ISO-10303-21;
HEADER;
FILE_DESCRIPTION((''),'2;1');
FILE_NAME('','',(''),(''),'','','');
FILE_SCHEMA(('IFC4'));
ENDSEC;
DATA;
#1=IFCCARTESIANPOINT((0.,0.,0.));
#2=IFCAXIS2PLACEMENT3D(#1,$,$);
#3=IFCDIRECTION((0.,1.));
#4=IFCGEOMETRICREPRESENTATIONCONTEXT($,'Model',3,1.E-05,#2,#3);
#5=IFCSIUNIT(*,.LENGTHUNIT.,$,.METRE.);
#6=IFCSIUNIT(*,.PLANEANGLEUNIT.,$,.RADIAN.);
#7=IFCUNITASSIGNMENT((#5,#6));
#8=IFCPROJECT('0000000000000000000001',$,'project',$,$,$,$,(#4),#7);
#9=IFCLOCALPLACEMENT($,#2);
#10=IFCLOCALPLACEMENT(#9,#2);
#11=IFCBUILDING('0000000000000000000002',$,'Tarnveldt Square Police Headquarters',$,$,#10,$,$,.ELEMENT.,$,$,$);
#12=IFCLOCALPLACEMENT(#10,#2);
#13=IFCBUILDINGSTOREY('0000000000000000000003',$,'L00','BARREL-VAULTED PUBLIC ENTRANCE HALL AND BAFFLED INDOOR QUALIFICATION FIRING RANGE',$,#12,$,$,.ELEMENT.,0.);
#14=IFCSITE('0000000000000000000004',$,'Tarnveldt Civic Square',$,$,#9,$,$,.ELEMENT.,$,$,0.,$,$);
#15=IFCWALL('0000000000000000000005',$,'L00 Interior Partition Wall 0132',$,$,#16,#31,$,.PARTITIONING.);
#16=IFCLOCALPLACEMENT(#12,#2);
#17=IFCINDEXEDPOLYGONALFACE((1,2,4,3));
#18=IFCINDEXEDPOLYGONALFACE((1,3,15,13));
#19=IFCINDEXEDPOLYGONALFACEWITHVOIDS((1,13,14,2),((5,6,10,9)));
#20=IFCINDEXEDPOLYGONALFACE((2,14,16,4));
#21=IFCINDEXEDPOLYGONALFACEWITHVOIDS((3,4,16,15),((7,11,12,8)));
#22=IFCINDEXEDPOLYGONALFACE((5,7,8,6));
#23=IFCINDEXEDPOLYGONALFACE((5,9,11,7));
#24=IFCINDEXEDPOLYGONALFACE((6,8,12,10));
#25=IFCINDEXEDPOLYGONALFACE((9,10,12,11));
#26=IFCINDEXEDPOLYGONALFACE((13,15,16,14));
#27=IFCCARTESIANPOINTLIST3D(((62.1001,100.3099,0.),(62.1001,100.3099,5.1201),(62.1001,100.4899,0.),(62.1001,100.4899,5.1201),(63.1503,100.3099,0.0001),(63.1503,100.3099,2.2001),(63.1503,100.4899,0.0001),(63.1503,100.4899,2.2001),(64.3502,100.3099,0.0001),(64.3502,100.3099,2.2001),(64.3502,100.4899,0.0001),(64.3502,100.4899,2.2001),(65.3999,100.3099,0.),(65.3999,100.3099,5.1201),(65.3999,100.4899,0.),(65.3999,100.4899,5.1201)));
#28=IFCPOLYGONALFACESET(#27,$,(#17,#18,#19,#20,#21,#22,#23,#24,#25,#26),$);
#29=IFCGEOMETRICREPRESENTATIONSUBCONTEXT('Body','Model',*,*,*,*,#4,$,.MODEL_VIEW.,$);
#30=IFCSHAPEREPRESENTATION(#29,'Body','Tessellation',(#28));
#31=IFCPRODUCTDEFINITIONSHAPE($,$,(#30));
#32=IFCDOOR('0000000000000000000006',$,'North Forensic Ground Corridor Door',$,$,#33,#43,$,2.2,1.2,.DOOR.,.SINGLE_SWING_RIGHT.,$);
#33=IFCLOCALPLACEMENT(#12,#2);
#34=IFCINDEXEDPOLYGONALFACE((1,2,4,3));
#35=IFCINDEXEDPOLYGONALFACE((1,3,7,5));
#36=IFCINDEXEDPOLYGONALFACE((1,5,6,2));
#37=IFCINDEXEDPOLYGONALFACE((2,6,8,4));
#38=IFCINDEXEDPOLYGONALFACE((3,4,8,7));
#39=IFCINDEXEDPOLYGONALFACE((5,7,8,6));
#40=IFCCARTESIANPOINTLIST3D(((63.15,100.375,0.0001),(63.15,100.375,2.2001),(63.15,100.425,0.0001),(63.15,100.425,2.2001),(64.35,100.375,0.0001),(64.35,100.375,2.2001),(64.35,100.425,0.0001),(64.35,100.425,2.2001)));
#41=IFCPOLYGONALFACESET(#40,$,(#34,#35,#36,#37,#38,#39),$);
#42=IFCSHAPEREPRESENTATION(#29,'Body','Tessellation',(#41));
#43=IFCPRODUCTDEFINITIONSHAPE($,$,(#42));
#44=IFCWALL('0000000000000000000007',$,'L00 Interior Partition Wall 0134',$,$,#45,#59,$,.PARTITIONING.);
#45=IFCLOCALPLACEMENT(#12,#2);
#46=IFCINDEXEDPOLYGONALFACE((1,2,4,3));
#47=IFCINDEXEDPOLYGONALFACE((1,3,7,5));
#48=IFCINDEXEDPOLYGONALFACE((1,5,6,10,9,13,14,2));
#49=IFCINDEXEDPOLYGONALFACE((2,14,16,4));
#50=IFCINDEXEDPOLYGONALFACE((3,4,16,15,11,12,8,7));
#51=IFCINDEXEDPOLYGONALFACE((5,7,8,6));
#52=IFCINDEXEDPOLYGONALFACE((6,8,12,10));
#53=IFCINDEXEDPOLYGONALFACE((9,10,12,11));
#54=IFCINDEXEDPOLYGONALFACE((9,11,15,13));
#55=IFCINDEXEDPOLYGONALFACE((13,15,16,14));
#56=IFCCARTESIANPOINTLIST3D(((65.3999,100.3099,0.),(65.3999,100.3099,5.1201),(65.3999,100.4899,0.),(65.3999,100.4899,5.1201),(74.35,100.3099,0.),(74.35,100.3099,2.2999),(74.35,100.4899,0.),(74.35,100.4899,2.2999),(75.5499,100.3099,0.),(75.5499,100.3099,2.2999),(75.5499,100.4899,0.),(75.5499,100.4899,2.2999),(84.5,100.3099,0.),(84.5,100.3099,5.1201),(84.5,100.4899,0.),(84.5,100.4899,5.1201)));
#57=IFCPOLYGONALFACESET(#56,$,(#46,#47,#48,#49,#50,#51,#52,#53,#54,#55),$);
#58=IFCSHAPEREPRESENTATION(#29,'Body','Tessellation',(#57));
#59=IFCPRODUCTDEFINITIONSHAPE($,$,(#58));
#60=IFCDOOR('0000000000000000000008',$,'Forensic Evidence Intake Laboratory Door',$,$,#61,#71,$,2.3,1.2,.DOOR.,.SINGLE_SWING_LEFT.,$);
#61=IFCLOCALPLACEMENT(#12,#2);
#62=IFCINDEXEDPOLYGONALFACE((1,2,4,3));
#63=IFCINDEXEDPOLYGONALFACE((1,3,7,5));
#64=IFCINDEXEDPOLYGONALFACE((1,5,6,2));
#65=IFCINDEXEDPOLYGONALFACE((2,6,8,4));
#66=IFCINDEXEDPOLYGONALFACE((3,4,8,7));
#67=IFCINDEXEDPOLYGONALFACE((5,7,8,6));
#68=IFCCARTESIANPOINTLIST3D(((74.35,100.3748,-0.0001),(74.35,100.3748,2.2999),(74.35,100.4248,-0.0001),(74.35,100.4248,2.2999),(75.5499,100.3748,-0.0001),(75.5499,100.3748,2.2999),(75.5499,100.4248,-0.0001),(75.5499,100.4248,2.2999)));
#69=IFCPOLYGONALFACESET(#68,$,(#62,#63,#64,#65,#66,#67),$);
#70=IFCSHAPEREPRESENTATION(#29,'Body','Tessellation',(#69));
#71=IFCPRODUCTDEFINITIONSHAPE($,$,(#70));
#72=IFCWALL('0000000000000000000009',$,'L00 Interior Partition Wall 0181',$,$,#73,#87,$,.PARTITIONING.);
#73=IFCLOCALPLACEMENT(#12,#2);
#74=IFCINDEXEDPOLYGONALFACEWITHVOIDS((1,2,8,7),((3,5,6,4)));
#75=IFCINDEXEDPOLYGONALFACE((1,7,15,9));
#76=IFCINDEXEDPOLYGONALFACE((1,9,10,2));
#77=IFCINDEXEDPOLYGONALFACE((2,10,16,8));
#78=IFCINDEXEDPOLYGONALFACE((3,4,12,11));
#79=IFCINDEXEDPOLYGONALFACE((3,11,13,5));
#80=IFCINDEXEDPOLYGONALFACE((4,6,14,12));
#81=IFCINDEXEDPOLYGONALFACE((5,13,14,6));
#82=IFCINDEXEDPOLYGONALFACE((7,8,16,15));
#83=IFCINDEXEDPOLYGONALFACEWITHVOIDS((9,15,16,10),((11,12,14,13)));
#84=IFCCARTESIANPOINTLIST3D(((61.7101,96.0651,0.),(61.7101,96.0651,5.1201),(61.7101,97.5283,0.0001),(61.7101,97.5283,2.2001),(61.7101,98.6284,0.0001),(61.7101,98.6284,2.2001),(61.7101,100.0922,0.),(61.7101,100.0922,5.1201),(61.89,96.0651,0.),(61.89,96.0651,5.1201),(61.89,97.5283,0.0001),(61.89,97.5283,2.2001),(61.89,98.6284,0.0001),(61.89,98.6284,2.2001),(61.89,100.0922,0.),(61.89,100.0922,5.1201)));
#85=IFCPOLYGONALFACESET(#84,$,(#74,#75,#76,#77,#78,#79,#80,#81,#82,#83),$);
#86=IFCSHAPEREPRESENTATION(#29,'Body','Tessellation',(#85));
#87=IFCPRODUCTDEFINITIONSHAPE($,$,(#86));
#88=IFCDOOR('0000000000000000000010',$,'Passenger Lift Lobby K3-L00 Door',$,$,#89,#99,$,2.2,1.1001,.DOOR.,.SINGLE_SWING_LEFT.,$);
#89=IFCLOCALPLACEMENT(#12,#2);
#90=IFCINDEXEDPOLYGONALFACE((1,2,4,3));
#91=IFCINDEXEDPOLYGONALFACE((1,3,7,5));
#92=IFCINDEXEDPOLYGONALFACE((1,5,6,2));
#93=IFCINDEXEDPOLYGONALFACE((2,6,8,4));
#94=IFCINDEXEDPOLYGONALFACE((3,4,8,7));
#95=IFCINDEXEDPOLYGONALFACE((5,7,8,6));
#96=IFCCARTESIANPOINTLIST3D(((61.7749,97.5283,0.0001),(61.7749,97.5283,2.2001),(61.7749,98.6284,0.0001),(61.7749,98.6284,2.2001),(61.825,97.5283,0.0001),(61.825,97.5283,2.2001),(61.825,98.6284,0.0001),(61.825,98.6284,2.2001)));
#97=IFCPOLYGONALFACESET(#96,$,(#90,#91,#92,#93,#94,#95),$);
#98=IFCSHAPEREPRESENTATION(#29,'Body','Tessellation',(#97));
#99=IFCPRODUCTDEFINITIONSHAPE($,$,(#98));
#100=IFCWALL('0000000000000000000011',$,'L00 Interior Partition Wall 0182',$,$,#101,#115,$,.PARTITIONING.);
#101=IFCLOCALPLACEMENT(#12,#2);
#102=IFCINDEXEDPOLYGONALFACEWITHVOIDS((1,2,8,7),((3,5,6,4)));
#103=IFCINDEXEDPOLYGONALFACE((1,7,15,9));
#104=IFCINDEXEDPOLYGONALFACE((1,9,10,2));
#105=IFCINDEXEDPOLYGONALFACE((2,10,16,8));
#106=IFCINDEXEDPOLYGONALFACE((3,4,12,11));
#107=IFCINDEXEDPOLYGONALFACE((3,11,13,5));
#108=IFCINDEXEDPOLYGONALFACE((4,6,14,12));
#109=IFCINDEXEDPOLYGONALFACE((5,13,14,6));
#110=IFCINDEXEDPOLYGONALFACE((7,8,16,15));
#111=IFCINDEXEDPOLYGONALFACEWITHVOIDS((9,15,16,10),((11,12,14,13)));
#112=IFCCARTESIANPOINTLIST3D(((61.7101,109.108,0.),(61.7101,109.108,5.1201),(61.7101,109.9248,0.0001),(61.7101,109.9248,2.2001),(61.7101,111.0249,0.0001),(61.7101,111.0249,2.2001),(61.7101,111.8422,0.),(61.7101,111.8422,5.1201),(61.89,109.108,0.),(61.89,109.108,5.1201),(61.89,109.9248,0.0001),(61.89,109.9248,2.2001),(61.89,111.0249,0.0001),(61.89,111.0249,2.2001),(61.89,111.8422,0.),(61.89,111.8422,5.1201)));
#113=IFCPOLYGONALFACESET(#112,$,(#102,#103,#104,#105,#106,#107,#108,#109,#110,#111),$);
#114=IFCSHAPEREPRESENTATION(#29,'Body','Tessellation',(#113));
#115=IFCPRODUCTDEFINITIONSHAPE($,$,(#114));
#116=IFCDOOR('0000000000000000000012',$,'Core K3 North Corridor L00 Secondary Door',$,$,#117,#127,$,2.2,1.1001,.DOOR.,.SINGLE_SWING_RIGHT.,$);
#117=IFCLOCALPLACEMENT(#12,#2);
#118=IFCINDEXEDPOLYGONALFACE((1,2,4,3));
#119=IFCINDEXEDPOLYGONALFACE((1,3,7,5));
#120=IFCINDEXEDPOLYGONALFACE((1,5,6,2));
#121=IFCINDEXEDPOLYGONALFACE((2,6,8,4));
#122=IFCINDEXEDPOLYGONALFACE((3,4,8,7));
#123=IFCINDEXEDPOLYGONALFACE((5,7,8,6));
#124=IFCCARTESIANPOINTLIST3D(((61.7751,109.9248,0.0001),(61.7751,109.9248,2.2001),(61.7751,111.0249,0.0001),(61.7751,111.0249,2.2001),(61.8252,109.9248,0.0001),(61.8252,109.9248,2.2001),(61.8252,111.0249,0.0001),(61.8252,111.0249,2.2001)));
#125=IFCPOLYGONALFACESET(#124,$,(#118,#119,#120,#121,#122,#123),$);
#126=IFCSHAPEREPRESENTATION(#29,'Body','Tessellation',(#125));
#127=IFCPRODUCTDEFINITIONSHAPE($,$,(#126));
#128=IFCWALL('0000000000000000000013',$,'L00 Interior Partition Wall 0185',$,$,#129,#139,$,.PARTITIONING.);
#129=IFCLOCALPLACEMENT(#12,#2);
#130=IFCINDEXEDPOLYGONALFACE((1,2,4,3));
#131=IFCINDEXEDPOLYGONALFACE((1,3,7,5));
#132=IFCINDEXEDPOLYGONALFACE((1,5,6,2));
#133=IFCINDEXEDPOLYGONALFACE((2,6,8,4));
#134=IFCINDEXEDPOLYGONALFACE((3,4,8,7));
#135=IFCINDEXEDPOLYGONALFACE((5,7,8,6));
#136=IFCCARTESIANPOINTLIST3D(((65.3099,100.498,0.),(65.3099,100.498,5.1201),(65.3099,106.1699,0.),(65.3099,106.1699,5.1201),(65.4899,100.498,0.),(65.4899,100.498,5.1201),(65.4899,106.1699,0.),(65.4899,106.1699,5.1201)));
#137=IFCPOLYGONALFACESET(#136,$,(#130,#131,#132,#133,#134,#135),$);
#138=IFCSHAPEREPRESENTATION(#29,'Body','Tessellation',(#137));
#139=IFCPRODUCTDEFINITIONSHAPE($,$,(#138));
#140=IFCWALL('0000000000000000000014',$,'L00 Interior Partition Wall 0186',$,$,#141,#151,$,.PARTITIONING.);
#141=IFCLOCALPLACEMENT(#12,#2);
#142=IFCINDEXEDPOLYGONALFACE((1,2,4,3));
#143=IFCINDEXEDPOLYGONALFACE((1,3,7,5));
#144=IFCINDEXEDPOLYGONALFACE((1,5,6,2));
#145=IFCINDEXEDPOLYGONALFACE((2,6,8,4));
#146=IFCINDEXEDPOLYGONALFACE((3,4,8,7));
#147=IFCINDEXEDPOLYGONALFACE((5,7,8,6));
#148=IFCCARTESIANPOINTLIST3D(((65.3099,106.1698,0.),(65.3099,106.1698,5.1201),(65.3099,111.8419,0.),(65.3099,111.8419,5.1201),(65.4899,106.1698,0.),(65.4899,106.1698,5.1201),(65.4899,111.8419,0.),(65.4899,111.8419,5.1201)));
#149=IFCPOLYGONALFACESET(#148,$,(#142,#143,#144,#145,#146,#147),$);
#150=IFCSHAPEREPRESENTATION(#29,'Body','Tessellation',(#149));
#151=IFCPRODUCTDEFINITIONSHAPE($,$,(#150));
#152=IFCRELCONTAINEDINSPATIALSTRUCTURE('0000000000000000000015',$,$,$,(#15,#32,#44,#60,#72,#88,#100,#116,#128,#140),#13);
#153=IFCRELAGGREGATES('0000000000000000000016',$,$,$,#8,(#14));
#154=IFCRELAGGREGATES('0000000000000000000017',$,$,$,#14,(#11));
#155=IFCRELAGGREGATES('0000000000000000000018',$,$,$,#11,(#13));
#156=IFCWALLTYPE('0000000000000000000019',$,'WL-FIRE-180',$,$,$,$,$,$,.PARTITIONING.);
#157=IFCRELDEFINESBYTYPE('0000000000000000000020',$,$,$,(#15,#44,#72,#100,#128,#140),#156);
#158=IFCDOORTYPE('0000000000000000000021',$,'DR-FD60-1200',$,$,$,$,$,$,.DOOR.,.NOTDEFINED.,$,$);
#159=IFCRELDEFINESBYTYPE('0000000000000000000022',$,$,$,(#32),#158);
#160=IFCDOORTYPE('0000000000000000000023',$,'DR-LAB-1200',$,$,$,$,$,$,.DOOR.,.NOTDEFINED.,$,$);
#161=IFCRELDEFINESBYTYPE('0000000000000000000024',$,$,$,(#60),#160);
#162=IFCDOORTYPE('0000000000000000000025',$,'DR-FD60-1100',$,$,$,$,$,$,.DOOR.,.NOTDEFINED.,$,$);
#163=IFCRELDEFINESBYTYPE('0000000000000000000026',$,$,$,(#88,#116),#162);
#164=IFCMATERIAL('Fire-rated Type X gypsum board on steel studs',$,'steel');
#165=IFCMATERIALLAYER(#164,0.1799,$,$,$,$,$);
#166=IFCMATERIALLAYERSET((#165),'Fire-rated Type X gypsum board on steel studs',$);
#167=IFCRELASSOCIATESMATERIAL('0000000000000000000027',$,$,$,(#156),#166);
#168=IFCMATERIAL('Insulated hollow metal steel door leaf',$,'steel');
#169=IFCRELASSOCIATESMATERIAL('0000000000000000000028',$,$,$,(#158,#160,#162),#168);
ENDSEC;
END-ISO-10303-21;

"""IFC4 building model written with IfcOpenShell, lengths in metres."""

from ifc_helpers import new_model, si_unit, direction, frame, frame_2d, origin, place, context, subcontext, project, spatial, rectangle, extrude, material, layer, layer_set, type_object, element, fill, save


model = new_model("IFC4")

# Units and contexts
model_context = context("Model", 3, precision=1e-05, world=origin(), true_north=direction((0.0, 1.0)))
body_context = subcontext(model_context, "Body", "Model", "MODEL_VIEW")
ifc_project = project(units=[si_unit("LENGTHUNIT", "METRE"), si_unit("PLANEANGLEUNIT", "RADIAN")], contexts=[model_context])

# Site, building, storey
site_placement = place(None, origin())
site = spatial("IfcSite", under=ifc_project, at=site_placement, Name="Tarnveldt Civic Square", CompositionType="ELEMENT", RefElevation=0.0)
building_placement = place(site_placement, origin())
building = spatial("IfcBuilding", under=site, at=building_placement, Name="Tarnveldt Square Police Headquarters", CompositionType="ELEMENT")
storey_placement = place(building_placement, origin())
storey = spatial("IfcBuildingStorey", under=building, at=storey_placement, Name="L00", Description="BARREL-VAULTED PUBLIC ENTRANCE HALL AND BAFFLED INDOOR QUALIFICATION FIRING RANGE", CompositionType="ELEMENT", Elevation=0.0)

# Walls, openings, doors
ifc_material_1 = material(Name="Fire-rated Type X gypsum board on steel studs", Category="steel")
ifc_layer_1 = layer(ifc_material_1, 0.1799)
ifc_layer_set_1 = layer_set([ifc_layer_1], Name="Fire-rated Type X gypsum board on steel studs")
wall_type_1 = type_object("IfcWallType", Name="WL-FIRE-180", PredefinedType="PARTITIONING", material=ifc_layer_set_1)
wall_1_placement = place(storey_placement, frame((62.1001, 100.3999, 0.0), z_axis=(0.0, 0.0, 1.0), x_axis=(1.0, 0.0, 0.0)))
wall_1 = element("IfcWall", 1, at=wall_1_placement, inside=storey, type_object=wall_type_1, Name="L00 Interior Partition Wall 0132", PredefinedType="PARTITIONING", context=body_context, shape_type="SweptSolid", body=[
    extrude(rectangle(XDim=3.2998, YDim=0.1799, at=frame_2d((1.6499, 0.0))), origin(), (0.0, 0.0, 1.0), 5.1201),
])
opening_1_placement = place(wall_1_placement, frame((1.05, 0.0, 0.0)))
opening_1 = element("IfcOpeningElement", 2, at=opening_1_placement, cuts=wall_1, PredefinedType="OPENING", context=body_context, shape_type="SweptSolid", body=[
    extrude(rectangle(XDim=1.2, YDim=2.2, at=frame_2d((0.6001, 1.1001))), frame((0.0, 0.0999, 0.0), z_axis=(0.0, -1.0, 0.0), x_axis=(1.0, 0.0, 0.0)), (0.0, 0.0, 1.0), 0.2),
])
ifc_material_2 = material(Name="Insulated hollow metal steel door leaf", Category="steel")
door_type_1 = type_object("IfcDoorType", Name="DR-FD60-1200", OperationType="NOTDEFINED", PredefinedType="DOOR", material=ifc_material_2)
door_1_placement = place(opening_1_placement, frame((1.2, 0.0, 0.0), z_axis=(0.0, 0.0, 1.0), x_axis=(-1.0, 0.0, 0.0)))
door_1 = element("IfcDoor", 3, at=door_1_placement, inside=storey, type_object=door_type_1, Name="North Forensic Ground Corridor Door", OperationType="SINGLE_SWING_RIGHT", OverallHeight=2.2, OverallWidth=1.2, PredefinedType="DOOR", context=body_context, shape_type="SweptSolid", body=[
    extrude(rectangle(XDim=1.2, YDim=2.2, at=frame_2d((0.6001, 1.1001))), frame((0.0, 0.0249, 0.0), z_axis=(0.0, -1.0, 0.0), x_axis=(1.0, 0.0, 0.0)), (0.0, 0.0, 1.0), 0.05),
])
fill(opening_1, door_1)
wall_2_placement = place(storey_placement, frame((65.3999, 100.3999, 0.0), z_axis=(0.0, 0.0, 1.0), x_axis=(1.0, 0.0, 0.0)))
wall_2 = element("IfcWall", 4, at=wall_2_placement, inside=storey, type_object=wall_type_1, Name="L00 Interior Partition Wall 0134", PredefinedType="PARTITIONING", context=body_context, shape_type="SweptSolid", body=[
    extrude(rectangle(XDim=19.1001, YDim=0.1799, at=frame_2d((9.55, 0.0))), origin(), (0.0, 0.0, 1.0), 5.1201),
])
opening_2_placement = place(wall_2_placement, frame((8.95, 0.0, 0.0)))
opening_2 = element("IfcOpeningElement", 5, at=opening_2_placement, cuts=wall_2, PredefinedType="OPENING", context=body_context, shape_type="SweptSolid", body=[
    extrude(rectangle(XDim=1.2, YDim=2.3, at=frame_2d((0.6001, 1.1499))), frame((0.0, 0.0999, 0.0), z_axis=(0.0, -1.0, 0.0), x_axis=(1.0, 0.0, 0.0)), (0.0, 0.0, 1.0), 0.2),
])
door_type_2 = type_object("IfcDoorType", Name="DR-LAB-1200", OperationType="NOTDEFINED", PredefinedType="DOOR", material=ifc_material_2)
door_2_placement = place(opening_2_placement, origin())
door_2 = element("IfcDoor", 6, at=door_2_placement, inside=storey, type_object=door_type_2, Name="Forensic Evidence Intake Laboratory Door", OperationType="SINGLE_SWING_LEFT", OverallHeight=2.3, OverallWidth=1.2, PredefinedType="DOOR", context=body_context, shape_type="SweptSolid", body=[
    extrude(rectangle(XDim=1.2, YDim=2.3, at=frame_2d((0.6001, 1.1499))), frame((0.0, 0.0249, 0.0), z_axis=(0.0, -1.0, 0.0), x_axis=(1.0, 0.0, 0.0)), (0.0, 0.0, 1.0), 0.05),
])
fill(opening_2, door_2)
wall_3_placement = place(storey_placement, frame((61.8, 96.0649, 0.0), z_axis=(0.0, 0.0, 1.0), x_axis=(0.0, 1.0, 0.0)))
wall_3 = element("IfcWall", 7, at=wall_3_placement, inside=storey, type_object=wall_type_1, Name="L00 Interior Partition Wall 0181", PredefinedType="PARTITIONING", context=body_context, shape_type="SweptSolid", body=[
    extrude(rectangle(XDim=4.0271, YDim=0.1799, at=frame_2d((2.0137, 0.0))), origin(), (0.0, 0.0, 1.0), 5.1201),
])
opening_3_placement = place(wall_3_placement, frame((1.4634, 0.0, 0.0)))
opening_3 = element("IfcOpeningElement", 8, at=opening_3_placement, cuts=wall_3, PredefinedType="OPENING", context=body_context, shape_type="SweptSolid", body=[
    extrude(rectangle(XDim=1.1001, YDim=2.2, at=frame_2d((0.55, 1.1001))), frame((0.0, 0.0999, 0.0), z_axis=(0.0, -1.0, 0.0), x_axis=(1.0, 0.0, 0.0)), (0.0, 0.0, 1.0), 0.2),
])
door_type_3 = type_object("IfcDoorType", Name="DR-FD60-1100", OperationType="NOTDEFINED", PredefinedType="DOOR", material=ifc_material_2)
door_3_placement = place(opening_3_placement, frame((1.1001, 0.0, 0.0), z_axis=(0.0, 0.0, 1.0), x_axis=(-1.0, 0.0, 0.0)))
door_3 = element("IfcDoor", 9, at=door_3_placement, inside=storey, type_object=door_type_3, Name="Passenger Lift Lobby K3-L00 Door", OperationType="SINGLE_SWING_LEFT", OverallHeight=2.2, OverallWidth=1.1001, PredefinedType="DOOR", context=body_context, shape_type="SweptSolid", body=[
    extrude(rectangle(XDim=1.1001, YDim=2.2, at=frame_2d((0.55, 1.1001))), frame((0.0, 0.0249, 0.0), z_axis=(0.0, -1.0, 0.0), x_axis=(1.0, 0.0, 0.0)), (0.0, 0.0, 1.0), 0.05),
])
fill(opening_3, door_3)
wall_4_placement = place(storey_placement, frame((61.8, 109.1079, 0.0), z_axis=(0.0, 0.0, 1.0), x_axis=(0.0, 1.0, 0.0)))
wall_4 = element("IfcWall", 10, at=wall_4_placement, inside=storey, type_object=wall_type_1, Name="L00 Interior Partition Wall 0182", PredefinedType="PARTITIONING", context=body_context, shape_type="SweptSolid", body=[
    extrude(rectangle(XDim=2.7341, YDim=0.1799, at=frame_2d((1.3672, 0.0))), origin(), (0.0, 0.0, 1.0), 5.1201),
])
opening_4_placement = place(wall_4_placement, frame((0.8169, 0.0, 0.0)))
opening_4 = element("IfcOpeningElement", 11, at=opening_4_placement, cuts=wall_4, PredefinedType="OPENING", context=body_context, shape_type="SweptSolid", body=[
    extrude(rectangle(XDim=1.1001, YDim=2.2, at=frame_2d((0.55, 1.1001))), frame((0.0, 0.0999, 0.0), z_axis=(0.0, -1.0, 0.0), x_axis=(1.0, 0.0, 0.0)), (0.0, 0.0, 1.0), 0.2),
])
door_4_placement = place(opening_4_placement, origin())
door_4 = element("IfcDoor", 12, at=door_4_placement, inside=storey, type_object=door_type_3, Name="Core K3 North Corridor L00 Secondary Door", OperationType="SINGLE_SWING_RIGHT", OverallHeight=2.2, OverallWidth=1.1001, PredefinedType="DOOR", context=body_context, shape_type="SweptSolid", body=[
    extrude(rectangle(XDim=1.1001, YDim=2.2, at=frame_2d((0.55, 1.1001))), frame((0.0, 0.0249, 0.0), z_axis=(0.0, -1.0, 0.0), x_axis=(1.0, 0.0, 0.0)), (0.0, 0.0, 1.0), 0.05),
])
fill(opening_4, door_4)

# Walls
wall_5_placement = place(storey_placement, frame((65.3999, 100.498, 0.0), z_axis=(0.0, 0.0, 1.0), x_axis=(0.0, 1.0, 0.0)))
element("IfcWall", 13, at=wall_5_placement, inside=storey, type_object=wall_type_1, Name="L00 Interior Partition Wall 0185", PredefinedType="PARTITIONING", context=body_context, shape_type="SweptSolid", body=[
    extrude(rectangle(XDim=5.6719, YDim=0.1799, at=frame_2d((2.8359, 0.0))), origin(), (0.0, 0.0, 1.0), 5.1201),
])
wall_6_placement = place(storey_placement, frame((65.3999, 106.1699, 0.0), z_axis=(0.0, 0.0, 1.0), x_axis=(0.0, 1.0, 0.0)))
element("IfcWall", 14, at=wall_6_placement, inside=storey, type_object=wall_type_1, Name="L00 Interior Partition Wall 0186", PredefinedType="PARTITIONING", context=body_context, shape_type="SweptSolid", body=[
    extrude(rectangle(XDim=5.6721, YDim=0.1799, at=frame_2d((2.8359, 0.0))), origin(), (0.0, 0.0, 1.0), 5.1201),
])

save(model, "model.ifc")
